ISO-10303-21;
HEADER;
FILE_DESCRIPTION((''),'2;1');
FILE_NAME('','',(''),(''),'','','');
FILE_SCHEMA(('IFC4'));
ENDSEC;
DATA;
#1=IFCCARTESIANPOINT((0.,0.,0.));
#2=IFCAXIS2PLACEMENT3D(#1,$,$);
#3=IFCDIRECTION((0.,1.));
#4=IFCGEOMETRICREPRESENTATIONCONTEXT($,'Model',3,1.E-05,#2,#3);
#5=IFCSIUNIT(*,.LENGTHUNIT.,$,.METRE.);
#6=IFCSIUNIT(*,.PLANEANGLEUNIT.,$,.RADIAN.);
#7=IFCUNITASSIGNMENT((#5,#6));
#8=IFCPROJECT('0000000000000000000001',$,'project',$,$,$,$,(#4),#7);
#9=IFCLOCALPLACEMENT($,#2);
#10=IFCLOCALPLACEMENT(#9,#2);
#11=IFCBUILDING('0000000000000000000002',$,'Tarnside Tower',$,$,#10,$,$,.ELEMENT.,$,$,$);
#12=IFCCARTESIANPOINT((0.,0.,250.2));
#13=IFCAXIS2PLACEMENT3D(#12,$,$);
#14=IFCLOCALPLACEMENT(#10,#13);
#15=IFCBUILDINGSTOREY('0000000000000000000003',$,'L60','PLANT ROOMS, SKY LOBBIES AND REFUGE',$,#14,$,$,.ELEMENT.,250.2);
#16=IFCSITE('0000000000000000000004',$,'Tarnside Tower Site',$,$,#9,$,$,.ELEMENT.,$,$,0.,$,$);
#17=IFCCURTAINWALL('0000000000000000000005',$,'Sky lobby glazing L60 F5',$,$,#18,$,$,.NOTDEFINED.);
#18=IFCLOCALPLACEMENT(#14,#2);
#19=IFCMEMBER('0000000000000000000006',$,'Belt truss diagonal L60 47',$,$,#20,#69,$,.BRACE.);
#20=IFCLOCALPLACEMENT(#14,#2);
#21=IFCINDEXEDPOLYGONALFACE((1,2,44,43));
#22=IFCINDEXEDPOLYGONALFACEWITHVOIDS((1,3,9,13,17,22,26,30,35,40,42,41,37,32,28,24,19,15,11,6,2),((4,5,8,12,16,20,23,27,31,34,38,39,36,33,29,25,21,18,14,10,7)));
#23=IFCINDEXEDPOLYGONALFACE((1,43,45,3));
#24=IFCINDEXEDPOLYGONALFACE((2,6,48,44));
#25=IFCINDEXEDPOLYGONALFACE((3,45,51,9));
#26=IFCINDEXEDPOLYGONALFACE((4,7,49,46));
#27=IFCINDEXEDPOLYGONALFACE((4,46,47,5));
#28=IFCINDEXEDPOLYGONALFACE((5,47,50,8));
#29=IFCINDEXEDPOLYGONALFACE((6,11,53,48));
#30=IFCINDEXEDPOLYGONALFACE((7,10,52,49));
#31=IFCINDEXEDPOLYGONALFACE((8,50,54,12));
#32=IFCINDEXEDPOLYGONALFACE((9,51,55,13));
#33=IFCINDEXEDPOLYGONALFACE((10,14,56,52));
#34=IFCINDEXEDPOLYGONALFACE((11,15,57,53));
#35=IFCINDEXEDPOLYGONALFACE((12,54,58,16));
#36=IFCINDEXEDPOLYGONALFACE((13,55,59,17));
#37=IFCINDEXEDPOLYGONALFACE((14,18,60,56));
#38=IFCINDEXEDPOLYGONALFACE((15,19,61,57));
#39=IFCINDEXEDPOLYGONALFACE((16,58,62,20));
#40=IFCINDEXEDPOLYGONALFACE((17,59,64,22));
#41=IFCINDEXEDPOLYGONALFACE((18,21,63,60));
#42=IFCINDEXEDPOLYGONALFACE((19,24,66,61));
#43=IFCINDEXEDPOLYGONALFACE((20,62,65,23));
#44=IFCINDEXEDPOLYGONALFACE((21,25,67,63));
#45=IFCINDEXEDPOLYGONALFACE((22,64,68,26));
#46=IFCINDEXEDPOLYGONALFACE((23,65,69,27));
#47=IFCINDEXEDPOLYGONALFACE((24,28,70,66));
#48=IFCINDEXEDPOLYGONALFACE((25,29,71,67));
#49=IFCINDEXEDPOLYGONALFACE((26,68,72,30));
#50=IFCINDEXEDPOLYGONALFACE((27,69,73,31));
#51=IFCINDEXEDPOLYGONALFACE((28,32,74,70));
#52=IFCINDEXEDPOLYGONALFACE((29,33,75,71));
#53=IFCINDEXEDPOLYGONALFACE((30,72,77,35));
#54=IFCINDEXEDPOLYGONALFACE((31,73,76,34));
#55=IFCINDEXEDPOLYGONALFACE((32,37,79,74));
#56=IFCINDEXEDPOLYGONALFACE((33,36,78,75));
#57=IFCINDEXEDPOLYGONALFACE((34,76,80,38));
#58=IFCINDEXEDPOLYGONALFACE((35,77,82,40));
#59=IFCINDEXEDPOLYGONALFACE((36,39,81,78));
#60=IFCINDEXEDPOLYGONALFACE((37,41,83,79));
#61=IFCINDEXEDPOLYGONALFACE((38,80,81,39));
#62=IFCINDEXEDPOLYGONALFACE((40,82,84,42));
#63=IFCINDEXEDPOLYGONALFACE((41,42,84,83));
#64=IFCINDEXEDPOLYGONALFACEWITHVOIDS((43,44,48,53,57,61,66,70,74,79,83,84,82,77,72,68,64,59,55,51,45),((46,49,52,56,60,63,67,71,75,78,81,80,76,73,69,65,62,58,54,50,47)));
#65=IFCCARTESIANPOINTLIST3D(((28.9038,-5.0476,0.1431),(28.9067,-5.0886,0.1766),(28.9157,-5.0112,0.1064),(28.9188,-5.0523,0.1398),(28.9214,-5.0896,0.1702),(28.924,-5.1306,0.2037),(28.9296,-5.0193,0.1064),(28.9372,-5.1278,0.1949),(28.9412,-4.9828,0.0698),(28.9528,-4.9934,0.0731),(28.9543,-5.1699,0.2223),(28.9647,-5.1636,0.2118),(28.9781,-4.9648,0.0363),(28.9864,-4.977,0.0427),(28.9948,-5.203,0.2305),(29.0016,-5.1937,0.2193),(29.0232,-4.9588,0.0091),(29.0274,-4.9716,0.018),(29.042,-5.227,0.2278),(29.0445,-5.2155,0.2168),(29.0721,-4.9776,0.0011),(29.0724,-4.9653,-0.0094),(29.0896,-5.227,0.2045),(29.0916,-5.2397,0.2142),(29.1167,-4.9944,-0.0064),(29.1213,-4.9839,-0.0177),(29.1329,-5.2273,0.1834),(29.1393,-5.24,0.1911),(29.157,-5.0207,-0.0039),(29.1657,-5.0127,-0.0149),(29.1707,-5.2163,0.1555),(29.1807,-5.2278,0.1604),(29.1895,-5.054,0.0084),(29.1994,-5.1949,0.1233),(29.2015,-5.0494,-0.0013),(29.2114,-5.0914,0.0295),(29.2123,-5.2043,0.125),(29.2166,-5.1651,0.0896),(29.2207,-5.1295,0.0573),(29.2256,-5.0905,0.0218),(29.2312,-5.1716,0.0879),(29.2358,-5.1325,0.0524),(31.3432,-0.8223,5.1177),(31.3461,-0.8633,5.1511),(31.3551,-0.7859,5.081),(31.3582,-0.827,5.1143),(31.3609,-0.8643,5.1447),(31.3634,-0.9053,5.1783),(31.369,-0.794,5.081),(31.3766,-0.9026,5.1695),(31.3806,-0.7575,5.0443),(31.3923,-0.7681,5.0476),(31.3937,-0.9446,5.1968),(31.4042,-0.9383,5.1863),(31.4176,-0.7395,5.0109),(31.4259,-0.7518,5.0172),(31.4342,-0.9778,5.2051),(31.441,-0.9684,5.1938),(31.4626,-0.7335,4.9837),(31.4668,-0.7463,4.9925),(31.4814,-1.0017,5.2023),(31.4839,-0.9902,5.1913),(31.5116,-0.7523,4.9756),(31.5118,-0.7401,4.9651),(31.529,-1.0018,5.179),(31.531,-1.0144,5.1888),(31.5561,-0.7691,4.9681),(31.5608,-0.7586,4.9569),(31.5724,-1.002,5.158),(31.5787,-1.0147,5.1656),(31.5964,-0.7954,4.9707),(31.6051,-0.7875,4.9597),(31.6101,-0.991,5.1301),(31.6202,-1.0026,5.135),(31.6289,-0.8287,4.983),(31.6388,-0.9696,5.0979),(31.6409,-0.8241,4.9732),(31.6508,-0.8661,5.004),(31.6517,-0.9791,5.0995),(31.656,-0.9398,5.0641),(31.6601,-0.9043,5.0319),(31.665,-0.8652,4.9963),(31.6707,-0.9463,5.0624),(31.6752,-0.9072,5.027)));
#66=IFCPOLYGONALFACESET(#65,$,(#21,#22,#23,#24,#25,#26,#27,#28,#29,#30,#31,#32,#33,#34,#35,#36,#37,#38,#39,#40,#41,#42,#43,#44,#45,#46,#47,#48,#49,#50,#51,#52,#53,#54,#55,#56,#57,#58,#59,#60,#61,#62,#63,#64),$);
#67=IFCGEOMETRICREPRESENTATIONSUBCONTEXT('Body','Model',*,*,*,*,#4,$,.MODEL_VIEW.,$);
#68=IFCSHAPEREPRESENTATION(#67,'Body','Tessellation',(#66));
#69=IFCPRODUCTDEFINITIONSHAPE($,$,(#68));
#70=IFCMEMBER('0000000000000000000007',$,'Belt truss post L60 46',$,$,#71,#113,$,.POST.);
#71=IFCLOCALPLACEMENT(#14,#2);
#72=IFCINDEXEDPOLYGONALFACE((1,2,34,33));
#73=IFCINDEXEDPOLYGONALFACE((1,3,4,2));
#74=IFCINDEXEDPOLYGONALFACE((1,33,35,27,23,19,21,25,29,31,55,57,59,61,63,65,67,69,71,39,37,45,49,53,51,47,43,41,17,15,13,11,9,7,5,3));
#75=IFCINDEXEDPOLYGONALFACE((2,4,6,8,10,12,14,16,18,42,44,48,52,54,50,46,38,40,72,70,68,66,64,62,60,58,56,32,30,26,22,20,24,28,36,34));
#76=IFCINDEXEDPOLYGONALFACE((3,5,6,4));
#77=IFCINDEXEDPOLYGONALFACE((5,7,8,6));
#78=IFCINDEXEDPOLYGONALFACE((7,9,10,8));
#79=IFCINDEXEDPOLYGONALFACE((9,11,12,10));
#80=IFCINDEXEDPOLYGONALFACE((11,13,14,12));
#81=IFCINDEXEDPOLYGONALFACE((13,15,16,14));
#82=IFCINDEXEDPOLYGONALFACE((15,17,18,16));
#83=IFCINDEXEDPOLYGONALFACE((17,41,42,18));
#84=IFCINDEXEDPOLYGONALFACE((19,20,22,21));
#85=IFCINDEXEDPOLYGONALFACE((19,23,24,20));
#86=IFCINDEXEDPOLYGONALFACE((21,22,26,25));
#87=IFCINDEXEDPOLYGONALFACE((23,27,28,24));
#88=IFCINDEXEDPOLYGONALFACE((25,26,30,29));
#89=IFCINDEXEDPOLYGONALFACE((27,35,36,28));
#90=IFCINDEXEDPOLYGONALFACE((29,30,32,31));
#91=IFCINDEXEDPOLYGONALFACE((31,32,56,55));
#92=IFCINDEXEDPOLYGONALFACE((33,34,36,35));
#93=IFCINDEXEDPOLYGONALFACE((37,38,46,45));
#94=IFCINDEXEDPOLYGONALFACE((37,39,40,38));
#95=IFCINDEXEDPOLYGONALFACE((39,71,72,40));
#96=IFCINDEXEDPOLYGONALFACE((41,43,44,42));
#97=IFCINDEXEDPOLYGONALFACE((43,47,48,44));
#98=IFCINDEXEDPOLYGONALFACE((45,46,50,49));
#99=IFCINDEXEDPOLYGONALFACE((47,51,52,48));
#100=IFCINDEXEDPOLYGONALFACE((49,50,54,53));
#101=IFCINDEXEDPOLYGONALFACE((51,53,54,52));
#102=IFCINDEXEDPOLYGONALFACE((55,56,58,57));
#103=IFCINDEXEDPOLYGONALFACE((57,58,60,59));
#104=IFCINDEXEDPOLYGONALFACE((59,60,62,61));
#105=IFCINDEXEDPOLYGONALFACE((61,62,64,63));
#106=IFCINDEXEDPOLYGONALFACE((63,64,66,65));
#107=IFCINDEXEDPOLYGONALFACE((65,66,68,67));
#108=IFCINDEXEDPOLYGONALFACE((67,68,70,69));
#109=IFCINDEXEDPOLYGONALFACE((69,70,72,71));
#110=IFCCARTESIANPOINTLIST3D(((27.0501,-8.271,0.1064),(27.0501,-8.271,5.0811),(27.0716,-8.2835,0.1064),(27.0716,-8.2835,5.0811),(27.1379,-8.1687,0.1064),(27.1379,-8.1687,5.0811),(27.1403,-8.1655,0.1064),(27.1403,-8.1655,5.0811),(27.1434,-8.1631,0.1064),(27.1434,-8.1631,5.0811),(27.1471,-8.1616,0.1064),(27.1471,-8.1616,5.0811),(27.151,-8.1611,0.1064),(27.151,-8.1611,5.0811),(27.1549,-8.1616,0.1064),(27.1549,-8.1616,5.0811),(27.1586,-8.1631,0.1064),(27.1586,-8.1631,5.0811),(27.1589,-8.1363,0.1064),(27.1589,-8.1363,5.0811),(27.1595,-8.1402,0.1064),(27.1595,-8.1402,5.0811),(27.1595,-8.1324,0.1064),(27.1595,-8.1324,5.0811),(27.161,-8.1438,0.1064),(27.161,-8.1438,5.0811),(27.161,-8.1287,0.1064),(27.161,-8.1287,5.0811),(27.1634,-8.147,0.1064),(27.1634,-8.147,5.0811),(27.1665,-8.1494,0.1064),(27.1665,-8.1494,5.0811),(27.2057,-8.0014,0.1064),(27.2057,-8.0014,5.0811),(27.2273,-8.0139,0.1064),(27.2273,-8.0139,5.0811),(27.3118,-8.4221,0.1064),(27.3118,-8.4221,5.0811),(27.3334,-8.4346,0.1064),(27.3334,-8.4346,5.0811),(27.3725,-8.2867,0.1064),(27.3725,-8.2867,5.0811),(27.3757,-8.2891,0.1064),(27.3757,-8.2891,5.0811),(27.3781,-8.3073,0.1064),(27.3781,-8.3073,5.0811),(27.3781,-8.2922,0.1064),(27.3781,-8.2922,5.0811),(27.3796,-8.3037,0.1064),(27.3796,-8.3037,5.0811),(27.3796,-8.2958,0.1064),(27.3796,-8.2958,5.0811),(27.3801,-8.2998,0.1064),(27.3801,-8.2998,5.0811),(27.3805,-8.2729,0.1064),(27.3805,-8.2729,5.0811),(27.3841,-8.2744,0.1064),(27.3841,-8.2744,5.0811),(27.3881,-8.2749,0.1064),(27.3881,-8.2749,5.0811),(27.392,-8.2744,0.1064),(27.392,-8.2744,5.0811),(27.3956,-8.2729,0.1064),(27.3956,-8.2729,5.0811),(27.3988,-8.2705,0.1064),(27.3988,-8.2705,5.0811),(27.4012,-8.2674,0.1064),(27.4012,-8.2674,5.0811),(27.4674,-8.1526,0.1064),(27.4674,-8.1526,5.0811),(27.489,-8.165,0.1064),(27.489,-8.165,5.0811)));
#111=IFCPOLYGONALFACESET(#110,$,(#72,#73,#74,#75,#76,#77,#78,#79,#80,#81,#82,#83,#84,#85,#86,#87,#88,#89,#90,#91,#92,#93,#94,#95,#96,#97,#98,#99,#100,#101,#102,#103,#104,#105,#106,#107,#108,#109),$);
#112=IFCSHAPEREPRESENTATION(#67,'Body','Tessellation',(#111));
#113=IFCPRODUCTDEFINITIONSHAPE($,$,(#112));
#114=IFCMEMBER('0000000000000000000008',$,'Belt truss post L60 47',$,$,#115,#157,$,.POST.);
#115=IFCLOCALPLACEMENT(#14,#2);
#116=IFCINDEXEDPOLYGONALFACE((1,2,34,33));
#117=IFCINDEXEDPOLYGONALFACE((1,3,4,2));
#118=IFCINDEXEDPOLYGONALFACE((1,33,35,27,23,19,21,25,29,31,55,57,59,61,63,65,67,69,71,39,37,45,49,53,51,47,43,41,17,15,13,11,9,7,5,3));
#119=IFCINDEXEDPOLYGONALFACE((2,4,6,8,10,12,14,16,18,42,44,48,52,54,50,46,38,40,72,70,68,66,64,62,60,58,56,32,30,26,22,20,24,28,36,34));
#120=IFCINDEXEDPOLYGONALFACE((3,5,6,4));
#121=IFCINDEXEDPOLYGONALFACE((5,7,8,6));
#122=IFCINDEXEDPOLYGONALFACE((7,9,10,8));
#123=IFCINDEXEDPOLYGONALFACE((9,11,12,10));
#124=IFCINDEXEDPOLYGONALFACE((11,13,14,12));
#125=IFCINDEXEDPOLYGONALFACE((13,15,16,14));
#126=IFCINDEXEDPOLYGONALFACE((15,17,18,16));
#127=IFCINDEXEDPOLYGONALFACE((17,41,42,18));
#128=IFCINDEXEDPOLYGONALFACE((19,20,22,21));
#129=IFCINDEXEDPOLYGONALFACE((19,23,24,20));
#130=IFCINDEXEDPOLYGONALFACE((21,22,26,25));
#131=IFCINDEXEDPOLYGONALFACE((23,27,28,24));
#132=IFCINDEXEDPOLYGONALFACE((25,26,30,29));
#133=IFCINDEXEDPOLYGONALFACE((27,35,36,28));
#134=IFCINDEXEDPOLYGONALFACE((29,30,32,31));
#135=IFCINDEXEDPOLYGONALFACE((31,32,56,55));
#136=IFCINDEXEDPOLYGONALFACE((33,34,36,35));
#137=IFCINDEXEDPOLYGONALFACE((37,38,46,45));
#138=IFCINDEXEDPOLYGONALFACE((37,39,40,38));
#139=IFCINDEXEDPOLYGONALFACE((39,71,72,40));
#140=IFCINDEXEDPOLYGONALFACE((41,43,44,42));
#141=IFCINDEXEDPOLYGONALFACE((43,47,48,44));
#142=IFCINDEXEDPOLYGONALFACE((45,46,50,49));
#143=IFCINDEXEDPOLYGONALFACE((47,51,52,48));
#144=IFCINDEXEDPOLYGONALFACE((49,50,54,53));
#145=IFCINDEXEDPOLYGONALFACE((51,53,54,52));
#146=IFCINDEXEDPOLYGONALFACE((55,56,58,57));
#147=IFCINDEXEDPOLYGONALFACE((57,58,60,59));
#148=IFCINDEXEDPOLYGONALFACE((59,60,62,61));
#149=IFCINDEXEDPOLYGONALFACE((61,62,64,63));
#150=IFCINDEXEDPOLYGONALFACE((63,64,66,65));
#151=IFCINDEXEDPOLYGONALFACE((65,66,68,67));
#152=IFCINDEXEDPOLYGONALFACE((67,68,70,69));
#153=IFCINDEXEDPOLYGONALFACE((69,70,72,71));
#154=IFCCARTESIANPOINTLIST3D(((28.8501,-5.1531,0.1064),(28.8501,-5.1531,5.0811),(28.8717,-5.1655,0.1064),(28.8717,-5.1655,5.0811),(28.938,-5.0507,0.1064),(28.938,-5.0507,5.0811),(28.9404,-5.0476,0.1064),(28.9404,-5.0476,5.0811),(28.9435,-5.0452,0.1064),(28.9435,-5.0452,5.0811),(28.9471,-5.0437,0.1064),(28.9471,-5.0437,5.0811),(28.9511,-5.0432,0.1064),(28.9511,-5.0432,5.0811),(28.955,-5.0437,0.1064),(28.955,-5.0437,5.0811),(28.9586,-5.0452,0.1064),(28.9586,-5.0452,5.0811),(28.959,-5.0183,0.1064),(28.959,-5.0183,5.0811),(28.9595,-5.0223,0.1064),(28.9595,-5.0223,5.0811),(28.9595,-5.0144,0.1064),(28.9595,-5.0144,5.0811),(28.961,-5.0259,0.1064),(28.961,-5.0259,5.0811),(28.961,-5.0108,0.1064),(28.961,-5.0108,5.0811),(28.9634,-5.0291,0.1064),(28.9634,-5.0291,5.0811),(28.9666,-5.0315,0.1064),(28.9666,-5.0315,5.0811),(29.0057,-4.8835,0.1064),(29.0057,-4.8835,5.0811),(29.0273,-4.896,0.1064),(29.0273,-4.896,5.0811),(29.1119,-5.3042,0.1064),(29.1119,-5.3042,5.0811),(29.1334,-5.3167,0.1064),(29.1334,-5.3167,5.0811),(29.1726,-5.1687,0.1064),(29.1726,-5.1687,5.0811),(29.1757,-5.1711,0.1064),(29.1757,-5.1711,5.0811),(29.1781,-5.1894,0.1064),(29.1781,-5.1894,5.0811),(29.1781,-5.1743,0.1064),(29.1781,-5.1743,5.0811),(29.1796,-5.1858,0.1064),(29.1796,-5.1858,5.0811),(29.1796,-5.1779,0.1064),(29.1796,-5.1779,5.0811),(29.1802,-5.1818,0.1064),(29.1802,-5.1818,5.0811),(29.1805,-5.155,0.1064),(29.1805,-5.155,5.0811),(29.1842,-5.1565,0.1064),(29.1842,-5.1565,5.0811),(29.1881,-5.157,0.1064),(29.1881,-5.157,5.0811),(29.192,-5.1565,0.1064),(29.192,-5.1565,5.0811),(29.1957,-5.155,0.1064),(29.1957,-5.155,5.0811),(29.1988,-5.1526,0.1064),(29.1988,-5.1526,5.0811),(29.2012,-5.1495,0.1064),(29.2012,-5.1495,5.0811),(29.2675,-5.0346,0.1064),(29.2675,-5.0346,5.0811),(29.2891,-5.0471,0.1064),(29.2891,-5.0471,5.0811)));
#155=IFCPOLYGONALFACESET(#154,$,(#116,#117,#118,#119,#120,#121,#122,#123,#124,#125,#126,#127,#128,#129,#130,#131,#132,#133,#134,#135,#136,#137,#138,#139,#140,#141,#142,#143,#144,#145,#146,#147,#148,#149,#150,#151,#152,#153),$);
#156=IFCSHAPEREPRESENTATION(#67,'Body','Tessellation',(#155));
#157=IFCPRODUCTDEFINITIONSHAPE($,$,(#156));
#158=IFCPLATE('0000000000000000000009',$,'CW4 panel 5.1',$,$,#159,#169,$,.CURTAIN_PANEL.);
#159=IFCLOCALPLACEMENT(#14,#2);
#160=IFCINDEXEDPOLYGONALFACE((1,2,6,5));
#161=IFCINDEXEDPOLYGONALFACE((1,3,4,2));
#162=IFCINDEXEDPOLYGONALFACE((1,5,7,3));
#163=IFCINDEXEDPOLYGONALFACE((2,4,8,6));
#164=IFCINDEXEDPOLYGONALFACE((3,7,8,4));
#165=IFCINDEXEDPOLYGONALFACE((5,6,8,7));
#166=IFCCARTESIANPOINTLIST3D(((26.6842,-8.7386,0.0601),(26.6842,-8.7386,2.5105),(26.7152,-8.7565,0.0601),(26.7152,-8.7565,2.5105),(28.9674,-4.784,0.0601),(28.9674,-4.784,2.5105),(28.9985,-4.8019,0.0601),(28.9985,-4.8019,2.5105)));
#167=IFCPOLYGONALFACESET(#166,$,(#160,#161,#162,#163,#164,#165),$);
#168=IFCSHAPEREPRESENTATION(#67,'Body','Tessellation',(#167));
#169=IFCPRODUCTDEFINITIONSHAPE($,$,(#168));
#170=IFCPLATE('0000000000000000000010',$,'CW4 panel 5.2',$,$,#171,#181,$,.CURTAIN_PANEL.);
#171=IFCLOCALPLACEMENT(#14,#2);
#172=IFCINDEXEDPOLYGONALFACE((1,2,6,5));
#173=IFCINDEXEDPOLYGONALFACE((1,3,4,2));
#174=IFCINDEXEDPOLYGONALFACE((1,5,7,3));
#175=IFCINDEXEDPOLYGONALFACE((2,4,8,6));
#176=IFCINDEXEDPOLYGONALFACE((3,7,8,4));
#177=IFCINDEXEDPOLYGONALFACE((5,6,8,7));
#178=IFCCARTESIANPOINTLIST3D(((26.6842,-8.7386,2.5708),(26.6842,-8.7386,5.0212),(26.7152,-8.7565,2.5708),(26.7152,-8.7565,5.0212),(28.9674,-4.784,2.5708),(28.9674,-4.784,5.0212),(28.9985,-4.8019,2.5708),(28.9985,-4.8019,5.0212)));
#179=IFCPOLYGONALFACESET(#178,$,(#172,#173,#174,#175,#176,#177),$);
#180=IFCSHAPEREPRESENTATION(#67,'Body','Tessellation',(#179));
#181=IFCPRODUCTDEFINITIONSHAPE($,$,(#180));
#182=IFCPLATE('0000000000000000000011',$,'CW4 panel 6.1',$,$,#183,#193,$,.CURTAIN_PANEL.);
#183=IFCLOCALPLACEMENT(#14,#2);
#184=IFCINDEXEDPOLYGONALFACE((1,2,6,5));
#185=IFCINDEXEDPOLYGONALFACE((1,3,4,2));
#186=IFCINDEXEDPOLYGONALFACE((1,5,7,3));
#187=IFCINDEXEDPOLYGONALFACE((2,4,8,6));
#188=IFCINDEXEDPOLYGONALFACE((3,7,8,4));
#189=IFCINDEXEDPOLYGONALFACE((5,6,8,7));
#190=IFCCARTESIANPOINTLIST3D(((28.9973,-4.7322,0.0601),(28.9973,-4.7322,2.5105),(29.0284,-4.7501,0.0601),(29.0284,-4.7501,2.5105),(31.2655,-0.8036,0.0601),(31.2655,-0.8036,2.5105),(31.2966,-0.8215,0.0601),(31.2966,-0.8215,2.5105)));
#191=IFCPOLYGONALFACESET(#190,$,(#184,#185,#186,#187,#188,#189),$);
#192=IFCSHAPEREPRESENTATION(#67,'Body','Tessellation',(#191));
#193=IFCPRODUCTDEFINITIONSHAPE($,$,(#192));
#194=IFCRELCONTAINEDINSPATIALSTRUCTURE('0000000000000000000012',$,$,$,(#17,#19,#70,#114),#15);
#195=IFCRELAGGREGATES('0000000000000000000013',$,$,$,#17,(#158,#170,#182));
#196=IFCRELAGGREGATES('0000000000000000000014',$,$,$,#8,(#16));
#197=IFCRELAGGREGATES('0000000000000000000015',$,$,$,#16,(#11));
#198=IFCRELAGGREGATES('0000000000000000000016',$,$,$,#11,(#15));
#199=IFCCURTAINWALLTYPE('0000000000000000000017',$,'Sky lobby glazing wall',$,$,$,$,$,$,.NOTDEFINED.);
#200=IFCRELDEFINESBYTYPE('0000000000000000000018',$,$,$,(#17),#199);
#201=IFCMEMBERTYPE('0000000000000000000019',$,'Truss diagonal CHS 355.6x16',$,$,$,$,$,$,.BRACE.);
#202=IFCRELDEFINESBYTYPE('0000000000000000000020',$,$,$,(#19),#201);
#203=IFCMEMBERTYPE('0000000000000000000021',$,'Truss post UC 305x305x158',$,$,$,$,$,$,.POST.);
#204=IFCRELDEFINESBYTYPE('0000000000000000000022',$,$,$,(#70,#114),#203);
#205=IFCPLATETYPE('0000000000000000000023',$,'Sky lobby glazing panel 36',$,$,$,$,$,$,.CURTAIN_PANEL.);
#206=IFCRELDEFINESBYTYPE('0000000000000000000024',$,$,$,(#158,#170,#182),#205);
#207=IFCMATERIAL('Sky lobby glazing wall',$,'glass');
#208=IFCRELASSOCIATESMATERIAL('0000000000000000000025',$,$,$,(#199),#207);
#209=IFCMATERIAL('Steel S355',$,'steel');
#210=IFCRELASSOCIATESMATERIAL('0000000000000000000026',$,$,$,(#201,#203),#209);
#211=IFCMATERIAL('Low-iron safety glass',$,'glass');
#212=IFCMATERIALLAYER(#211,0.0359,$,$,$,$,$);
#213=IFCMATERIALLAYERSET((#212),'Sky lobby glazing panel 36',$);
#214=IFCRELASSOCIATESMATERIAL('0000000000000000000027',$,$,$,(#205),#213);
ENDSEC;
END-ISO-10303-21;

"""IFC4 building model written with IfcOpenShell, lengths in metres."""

from ifc_helpers import new_model, si_unit, direction, frame, origin, origin_2d, place, context, subcontext, project, spatial, rectangle, hollow_circle, i_section, extrude, material, layer, layer_set, material_profile, profile_set, type_object, element, aggregate, save


model = new_model("IFC4")

# Units and contexts
model_context = context("Model", 3, precision=1e-05, world=origin(), true_north=direction((0.0, 1.0)))
body_context = subcontext(model_context, "Body", "Model", "MODEL_VIEW")
ifc_project = project(units=[si_unit("LENGTHUNIT", "METRE"), si_unit("PLANEANGLEUNIT", "RADIAN")], contexts=[model_context])

# Site, building, storey
site_placement = place(None, origin())
site = spatial("IfcSite", under=ifc_project, at=site_placement, Name="Tarnside Tower Site", CompositionType="ELEMENT", RefElevation=0.0)
building_placement = place(site_placement, origin())
building = spatial("IfcBuilding", under=site, at=building_placement, Name="Tarnside Tower", CompositionType="ELEMENT")
storey_placement = place(building_placement, frame((0.0, 0.0, 250.2)))
storey = spatial("IfcBuildingStorey", under=building, at=storey_placement, Name="L60", Description="PLANT ROOMS, SKY LOBBIES AND REFUGE", CompositionType="ELEMENT", Elevation=250.2)

# Shared definitions
ifc_material_1 = material(Name="Steel S355", Category="steel")

# Curtain wall
ifc_material_2 = material(Name="Sky lobby glazing wall", Category="glass")
curtain_wall_type = type_object("IfcCurtainWallType", Name="Sky lobby glazing wall", PredefinedType="NOTDEFINED", material=ifc_material_2)
curtain_wall_placement = place(storey_placement, origin())
curtain_wall = element("IfcCurtainWall", 1, at=curtain_wall_placement, inside=storey, type_object=curtain_wall_type, Name="Sky lobby glazing L60 F5", PredefinedType="NOTDEFINED")

# Members
ifc_material_profile_1 = material_profile(ifc_material_1, hollow_circle(Radius=0.1777, WallThickness=0.0161, at=origin_2d()), Name="CHS 355.6x16")
ifc_profile_set_1 = profile_set([ifc_material_profile_1], Name="Steel S355")
member_type_1 = type_object("IfcMemberType", Name="Truss diagonal CHS 355.6x16", PredefinedType="BRACE", material=ifc_profile_set_1)
member_1_placement = place(storey_placement, frame((29.0696, -5.1001, 0.1064), z_axis=(0.3501, 0.606404, 0.713936), x_axis=(-0.86603, 0.499992, 0.0)))
element("IfcMember", 2, at=member_1_placement, inside=storey, type_object=member_type_1, Name="Belt truss diagonal L60 47", PredefinedType="BRACE", context=body_context, shape_type="SweptSolid", body=[
    extrude(hollow_circle(Radius=0.1777, WallThickness=0.0161, at=origin_2d()), origin(), (0.0, 0.0, 1.0), 6.9678),
])
ifc_material_profile_2 = material_profile(ifc_material_1, i_section(OverallWidth=0.3113, OverallDepth=0.3271, WebThickness=0.0159, FlangeThickness=0.0249, FilletRadius=0.0151, at=origin_2d()), Name="UC 305x305x158")
ifc_profile_set_2 = profile_set([ifc_material_profile_2], Name="Steel S355")
member_type_2 = type_object("IfcMemberType", Name="Truss post UC 305x305x158", PredefinedType="POST", material=ifc_profile_set_2)
for number, where, z_axis, x_axis, name in (
    (3, (27.2695, -8.218, 0.1064), (0.0, 0.0, 1.0), (0.5, 0.866025, 0.0), "Belt truss post L60 46"),
    (4, (29.0696, -5.1001, 0.1064), (0.0, 0.0, 1.0), (0.5, 0.866025, 0.0), "Belt truss post L60 47"),
):
    element("IfcMember", number, at=place(storey_placement, frame(where, z_axis=z_axis, x_axis=x_axis)), inside=storey, type_object=member_type_2, Name=name, PredefinedType="POST", context=body_context, shape_type="SweptSolid", body=[
        extrude(i_section(OverallWidth=0.3113, OverallDepth=0.3271, WebThickness=0.0159, FlangeThickness=0.0249, FilletRadius=0.0151, at=origin_2d()), origin(), (0.0, 0.0, 1.0), 4.9746),
    ])

# Plates
ifc_material_3 = material(Name="Low-iron safety glass", Category="glass")
ifc_layer_1 = layer(ifc_material_3, 0.0359)
ifc_layer_set_1 = layer_set([ifc_layer_1], Name="Sky lobby glazing panel 36")
plate_type = type_object("IfcPlateType", Name="Sky lobby glazing panel 36", PredefinedType="CURTAIN_PANEL", material=ifc_layer_set_1)
plate_1_placement = place(storey_placement, frame((27.8413, -6.7703, 0.0601), z_axis=(0.0, 0.0, 1.0), x_axis=(0.5, 0.866025, 0.0)))
plate_1 = element("IfcPlate", 5, at=plate_1_placement, type_object=plate_type, Name="CW4 panel 5.1", PredefinedType="CURTAIN_PANEL", context=body_context, shape_type="SweptSolid", body=[
    extrude(rectangle(XDim=4.5664, YDim=0.0359, at=origin_2d()), origin(), (0.0, 0.0, 1.0), 2.4504),
])
plate_2_placement = place(storey_placement, frame((27.8413, -6.7703, 2.5708), z_axis=(0.0, 0.0, 1.0), x_axis=(0.5, 0.866025, 0.0)))
plate_2 = element("IfcPlate", 6, at=plate_2_placement, type_object=plate_type, Name="CW4 panel 5.2", PredefinedType="CURTAIN_PANEL", context=body_context, shape_type="SweptSolid", body=[
    extrude(rectangle(XDim=4.5664, YDim=0.0359, at=origin_2d()), origin(), (0.0, 0.0, 1.0), 2.4504),
])
plate_3_placement = place(storey_placement, frame((30.147, -2.7769, 0.0601), z_axis=(0.0, 0.0, 1.0), x_axis=(0.5, 0.866025, 0.0)))
plate_3 = element("IfcPlate", 7, at=plate_3_placement, type_object=plate_type, Name="CW4 panel 6.1", PredefinedType="CURTAIN_PANEL", context=body_context, shape_type="SweptSolid", body=[
    extrude(rectangle(XDim=4.5364, YDim=0.0359, at=origin_2d()), origin(), (0.0, 0.0, 1.0), 2.4504),
])
aggregate(curtain_wall, [plate_1, plate_2, plate_3])

save(model, "model.ifc")
